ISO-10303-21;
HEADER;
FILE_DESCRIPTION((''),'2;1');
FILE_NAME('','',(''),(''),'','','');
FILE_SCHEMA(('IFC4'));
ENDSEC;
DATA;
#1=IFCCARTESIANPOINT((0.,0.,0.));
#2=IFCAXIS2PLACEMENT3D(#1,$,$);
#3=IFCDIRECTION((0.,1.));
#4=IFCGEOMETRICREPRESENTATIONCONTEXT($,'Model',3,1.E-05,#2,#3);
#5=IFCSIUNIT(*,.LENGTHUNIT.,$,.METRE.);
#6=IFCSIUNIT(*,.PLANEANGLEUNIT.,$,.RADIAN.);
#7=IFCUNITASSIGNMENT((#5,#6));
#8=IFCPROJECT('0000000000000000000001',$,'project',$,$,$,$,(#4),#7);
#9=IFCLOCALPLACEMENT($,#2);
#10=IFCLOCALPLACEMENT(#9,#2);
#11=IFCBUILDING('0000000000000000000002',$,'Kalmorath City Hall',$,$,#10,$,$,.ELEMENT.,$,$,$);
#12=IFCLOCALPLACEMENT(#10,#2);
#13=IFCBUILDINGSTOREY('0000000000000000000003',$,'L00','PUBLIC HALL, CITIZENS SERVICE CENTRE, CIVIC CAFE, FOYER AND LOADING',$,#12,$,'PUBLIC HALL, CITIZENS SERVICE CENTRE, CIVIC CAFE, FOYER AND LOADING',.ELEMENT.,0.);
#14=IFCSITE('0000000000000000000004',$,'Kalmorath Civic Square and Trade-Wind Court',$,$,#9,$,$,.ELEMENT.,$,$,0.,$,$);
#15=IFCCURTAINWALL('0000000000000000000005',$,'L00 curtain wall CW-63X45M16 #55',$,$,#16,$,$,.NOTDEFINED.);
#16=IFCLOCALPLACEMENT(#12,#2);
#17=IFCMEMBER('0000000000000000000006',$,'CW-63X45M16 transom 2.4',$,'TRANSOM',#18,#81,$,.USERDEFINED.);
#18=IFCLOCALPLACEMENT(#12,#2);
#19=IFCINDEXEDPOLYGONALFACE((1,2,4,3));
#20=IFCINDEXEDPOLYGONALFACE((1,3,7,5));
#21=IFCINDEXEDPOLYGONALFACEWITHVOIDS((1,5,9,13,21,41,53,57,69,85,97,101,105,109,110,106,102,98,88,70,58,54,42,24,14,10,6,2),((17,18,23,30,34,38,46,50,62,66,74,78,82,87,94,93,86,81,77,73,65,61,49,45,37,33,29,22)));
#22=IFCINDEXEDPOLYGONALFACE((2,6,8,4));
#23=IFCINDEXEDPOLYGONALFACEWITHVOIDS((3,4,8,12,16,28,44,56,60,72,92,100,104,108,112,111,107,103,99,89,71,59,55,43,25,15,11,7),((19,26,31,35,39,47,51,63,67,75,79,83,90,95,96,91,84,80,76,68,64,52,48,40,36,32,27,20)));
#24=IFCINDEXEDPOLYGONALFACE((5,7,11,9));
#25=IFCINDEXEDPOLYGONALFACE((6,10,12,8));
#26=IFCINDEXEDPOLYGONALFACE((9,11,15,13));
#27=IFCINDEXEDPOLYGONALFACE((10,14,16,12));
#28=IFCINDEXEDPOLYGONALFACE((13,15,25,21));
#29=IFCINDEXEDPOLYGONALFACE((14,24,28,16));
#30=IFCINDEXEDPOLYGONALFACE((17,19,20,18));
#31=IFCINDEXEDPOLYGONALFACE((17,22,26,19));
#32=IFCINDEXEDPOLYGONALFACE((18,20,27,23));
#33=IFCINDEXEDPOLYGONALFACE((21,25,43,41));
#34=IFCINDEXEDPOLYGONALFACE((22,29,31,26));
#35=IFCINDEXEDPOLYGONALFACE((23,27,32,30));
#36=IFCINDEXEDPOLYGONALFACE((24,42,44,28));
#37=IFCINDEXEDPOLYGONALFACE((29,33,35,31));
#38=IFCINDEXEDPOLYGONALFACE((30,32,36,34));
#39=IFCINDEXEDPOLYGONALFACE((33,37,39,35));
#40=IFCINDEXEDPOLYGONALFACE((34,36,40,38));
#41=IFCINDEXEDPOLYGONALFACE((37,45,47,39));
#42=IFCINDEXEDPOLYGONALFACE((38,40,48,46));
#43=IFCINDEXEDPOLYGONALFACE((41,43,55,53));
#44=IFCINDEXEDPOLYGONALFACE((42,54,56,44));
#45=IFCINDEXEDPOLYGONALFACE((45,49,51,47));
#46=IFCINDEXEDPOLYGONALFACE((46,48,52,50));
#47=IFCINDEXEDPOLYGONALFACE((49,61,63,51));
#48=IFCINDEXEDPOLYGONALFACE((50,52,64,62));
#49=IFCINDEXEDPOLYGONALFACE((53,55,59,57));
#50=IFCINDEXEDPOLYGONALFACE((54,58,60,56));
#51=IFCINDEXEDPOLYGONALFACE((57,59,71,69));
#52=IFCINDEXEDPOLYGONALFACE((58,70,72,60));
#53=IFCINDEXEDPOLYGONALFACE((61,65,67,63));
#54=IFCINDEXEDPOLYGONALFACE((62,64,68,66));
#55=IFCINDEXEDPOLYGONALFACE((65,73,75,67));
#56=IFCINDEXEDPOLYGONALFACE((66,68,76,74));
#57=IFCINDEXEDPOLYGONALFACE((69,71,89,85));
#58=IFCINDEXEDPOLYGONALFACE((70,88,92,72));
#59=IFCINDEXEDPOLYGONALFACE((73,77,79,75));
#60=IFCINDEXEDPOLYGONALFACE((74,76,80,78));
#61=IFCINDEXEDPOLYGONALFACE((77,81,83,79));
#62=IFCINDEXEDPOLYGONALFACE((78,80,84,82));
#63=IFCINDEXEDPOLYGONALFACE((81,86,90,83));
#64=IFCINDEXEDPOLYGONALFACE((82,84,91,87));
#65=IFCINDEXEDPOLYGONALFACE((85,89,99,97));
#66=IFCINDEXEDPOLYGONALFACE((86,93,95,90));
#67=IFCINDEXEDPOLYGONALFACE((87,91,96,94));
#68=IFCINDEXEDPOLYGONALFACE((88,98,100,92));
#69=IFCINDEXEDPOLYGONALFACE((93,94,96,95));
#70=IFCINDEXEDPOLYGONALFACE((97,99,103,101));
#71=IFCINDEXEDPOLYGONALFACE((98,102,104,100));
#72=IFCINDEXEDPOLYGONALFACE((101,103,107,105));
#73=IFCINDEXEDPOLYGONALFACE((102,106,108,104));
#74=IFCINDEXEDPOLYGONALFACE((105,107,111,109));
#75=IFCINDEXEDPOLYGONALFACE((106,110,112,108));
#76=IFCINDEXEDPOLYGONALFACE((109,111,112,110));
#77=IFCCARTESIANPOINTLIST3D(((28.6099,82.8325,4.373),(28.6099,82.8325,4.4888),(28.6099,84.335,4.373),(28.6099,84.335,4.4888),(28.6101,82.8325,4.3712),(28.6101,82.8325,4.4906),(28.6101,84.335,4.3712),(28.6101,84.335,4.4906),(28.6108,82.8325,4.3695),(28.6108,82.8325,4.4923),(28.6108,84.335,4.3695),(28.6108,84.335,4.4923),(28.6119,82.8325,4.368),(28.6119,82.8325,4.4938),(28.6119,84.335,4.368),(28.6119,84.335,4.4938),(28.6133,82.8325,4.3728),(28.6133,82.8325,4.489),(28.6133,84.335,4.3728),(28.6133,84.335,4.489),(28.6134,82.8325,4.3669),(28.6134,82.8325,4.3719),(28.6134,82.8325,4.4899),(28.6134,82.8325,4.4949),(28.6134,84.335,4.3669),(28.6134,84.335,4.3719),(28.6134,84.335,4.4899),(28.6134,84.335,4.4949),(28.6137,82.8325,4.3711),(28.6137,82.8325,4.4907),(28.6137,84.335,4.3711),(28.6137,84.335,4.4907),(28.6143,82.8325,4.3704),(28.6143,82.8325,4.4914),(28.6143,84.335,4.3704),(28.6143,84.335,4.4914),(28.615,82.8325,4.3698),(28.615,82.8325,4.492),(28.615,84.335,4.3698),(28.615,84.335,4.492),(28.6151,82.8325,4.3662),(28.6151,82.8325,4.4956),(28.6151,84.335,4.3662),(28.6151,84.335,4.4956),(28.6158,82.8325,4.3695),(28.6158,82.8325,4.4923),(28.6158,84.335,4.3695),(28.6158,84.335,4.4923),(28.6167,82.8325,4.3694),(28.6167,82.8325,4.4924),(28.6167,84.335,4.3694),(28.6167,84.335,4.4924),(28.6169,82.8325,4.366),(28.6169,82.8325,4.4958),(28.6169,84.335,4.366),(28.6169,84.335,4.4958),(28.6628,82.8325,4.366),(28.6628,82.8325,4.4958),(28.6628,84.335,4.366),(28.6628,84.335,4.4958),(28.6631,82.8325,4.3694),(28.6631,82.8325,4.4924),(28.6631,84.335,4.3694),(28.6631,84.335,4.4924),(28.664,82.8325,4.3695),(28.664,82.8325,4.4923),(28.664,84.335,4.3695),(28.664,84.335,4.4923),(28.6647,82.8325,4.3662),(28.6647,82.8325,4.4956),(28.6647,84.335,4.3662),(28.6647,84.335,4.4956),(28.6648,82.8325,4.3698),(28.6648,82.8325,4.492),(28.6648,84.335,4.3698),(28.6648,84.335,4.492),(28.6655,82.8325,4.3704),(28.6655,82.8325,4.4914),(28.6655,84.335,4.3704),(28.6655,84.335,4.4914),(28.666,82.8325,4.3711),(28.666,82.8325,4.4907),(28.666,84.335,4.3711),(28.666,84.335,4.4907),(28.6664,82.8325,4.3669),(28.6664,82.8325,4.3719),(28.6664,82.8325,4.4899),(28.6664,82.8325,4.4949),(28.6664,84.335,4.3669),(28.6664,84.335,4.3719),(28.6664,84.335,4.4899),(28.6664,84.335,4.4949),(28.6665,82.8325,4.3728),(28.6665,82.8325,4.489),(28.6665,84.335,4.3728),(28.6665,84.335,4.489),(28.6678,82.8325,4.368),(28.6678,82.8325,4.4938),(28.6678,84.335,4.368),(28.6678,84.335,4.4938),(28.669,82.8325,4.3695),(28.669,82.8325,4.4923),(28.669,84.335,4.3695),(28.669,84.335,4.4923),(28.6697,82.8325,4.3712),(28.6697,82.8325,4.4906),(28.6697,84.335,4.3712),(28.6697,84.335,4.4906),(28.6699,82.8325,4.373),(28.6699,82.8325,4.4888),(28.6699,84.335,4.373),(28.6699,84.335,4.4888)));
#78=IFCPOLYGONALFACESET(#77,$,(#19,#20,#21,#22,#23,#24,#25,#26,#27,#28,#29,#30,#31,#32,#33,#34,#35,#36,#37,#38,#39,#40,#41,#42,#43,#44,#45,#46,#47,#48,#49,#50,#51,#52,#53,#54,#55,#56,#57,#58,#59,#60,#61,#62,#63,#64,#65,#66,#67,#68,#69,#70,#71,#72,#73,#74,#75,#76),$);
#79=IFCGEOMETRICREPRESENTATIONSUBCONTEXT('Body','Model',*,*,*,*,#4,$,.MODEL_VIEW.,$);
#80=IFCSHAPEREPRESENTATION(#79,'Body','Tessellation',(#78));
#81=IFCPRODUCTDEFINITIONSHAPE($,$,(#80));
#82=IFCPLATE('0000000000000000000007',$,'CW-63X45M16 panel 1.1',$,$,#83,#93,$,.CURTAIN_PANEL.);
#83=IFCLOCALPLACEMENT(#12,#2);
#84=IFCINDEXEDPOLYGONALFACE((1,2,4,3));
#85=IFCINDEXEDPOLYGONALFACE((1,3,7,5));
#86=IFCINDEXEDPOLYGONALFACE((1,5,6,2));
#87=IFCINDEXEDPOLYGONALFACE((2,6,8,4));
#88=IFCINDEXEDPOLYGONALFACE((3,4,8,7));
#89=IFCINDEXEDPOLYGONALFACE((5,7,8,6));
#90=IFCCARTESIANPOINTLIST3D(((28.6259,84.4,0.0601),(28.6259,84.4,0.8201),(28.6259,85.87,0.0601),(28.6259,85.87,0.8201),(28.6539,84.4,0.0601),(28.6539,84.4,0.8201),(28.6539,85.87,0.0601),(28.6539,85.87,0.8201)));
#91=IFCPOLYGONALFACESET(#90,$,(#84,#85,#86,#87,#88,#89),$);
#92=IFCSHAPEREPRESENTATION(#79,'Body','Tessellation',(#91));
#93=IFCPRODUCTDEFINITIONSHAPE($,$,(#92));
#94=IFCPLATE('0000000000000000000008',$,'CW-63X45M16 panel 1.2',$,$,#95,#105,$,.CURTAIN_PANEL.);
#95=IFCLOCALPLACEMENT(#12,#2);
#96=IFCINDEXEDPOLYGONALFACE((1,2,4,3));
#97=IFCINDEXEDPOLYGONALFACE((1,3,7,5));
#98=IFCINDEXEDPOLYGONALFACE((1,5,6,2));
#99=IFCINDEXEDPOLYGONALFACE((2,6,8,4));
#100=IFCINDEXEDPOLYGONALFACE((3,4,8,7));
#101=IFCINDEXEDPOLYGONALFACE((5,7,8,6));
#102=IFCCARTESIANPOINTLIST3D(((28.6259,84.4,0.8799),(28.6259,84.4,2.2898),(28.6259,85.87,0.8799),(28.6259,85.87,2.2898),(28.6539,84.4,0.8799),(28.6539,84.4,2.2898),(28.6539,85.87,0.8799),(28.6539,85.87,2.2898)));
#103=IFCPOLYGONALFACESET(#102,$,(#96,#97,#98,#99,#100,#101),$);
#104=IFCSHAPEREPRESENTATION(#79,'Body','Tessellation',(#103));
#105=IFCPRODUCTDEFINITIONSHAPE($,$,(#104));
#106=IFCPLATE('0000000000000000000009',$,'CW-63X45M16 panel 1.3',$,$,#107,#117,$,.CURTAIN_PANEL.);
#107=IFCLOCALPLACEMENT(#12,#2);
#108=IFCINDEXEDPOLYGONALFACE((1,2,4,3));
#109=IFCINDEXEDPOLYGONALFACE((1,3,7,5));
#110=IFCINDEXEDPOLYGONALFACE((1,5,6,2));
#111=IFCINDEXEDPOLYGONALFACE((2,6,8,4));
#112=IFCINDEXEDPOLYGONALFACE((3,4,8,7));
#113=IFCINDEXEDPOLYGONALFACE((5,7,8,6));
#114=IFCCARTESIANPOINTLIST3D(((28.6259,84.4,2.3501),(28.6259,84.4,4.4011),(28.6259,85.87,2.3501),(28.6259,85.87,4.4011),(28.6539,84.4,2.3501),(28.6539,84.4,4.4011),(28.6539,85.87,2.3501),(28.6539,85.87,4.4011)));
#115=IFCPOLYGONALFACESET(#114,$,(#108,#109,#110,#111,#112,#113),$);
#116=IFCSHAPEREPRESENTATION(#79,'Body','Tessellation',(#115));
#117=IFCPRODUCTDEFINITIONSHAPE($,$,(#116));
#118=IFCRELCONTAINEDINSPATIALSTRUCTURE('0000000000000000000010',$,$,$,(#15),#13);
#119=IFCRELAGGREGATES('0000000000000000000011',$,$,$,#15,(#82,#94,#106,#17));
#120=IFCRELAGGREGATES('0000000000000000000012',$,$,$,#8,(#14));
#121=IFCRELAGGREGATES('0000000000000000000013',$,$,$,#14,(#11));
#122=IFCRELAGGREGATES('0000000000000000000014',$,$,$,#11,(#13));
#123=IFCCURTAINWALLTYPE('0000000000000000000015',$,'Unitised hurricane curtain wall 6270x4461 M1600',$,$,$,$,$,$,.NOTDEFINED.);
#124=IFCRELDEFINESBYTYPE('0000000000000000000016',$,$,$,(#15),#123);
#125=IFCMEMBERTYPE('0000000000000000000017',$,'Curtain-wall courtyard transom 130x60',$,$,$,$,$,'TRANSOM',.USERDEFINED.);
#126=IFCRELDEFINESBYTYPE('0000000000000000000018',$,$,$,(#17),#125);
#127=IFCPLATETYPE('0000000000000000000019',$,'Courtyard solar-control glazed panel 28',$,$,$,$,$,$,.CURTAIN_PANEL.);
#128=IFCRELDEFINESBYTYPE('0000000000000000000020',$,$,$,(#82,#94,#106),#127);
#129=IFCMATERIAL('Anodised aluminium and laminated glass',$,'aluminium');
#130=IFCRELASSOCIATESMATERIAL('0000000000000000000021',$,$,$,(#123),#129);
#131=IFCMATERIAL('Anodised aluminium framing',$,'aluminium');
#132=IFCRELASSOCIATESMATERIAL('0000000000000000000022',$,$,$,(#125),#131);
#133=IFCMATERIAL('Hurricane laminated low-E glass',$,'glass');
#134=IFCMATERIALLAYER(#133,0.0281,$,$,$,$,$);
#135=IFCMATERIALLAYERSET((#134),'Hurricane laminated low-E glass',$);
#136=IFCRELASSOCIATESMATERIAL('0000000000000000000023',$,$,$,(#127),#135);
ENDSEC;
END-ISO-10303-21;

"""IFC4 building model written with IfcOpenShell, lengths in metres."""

from ifc_helpers import new_model, si_unit, direction, frame, origin, origin_2d, place, context, subcontext, project, spatial, rectangle, hollow_rectangle, extrude, material, layer, layer_set, material_profile, profile_set, type_object, element, aggregate, save


model = new_model("IFC4")

# Units and contexts
model_context = context("Model", 3, precision=1e-05, world=origin(), true_north=direction((0.0, 1.0)))
body_context = subcontext(model_context, "Body", "Model", "MODEL_VIEW")
ifc_project = project(units=[si_unit("LENGTHUNIT", "METRE"), si_unit("PLANEANGLEUNIT", "RADIAN")], contexts=[model_context])

# Site, building, storey
site_placement = place(None, origin())
site = spatial("IfcSite", under=ifc_project, at=site_placement, Name="Kalmorath Civic Square and Trade-Wind Court", CompositionType="ELEMENT", RefElevation=0.0)
building_placement = place(site_placement, origin())
building = spatial("IfcBuilding", under=site, at=building_placement, Name="Kalmorath City Hall", CompositionType="ELEMENT")
storey_placement = place(building_placement, origin())
storey = spatial("IfcBuildingStorey", under=building, at=storey_placement, Name="L00", Description="PUBLIC HALL, CITIZENS SERVICE CENTRE, CIVIC CAFE, FOYER AND LOADING", LongName="PUBLIC HALL, CITIZENS SERVICE CENTRE, CIVIC CAFE, FOYER AND LOADING", CompositionType="ELEMENT", Elevation=0.0)

# Curtain wall, member, plates
ifc_material_1 = material(Name="Anodised aluminium and laminated glass", Category="aluminium")
curtain_wall_type = type_object("IfcCurtainWallType", Name="Unitised hurricane curtain wall 6270x4461 M1600", PredefinedType="NOTDEFINED", material=ifc_material_1)
curtain_wall_placement = place(storey_placement, origin())
curtain_wall = element("IfcCurtainWall", 1, at=curtain_wall_placement, inside=storey, type_object=curtain_wall_type, Name="L00 curtain wall CW-63X45M16 #55", PredefinedType="NOTDEFINED")
ifc_material_2 = material(Name="Anodised aluminium framing", Category="aluminium")
ifc_material_profile_1 = material_profile(ifc_material_2, hollow_rectangle(XDim=0.0601, YDim=0.1299, WallThickness=0.0034, InnerFilletRadius=0.0034, OuterFilletRadius=0.0071, at=origin_2d()), Name="ALU-TRN-130X60X3.5")
ifc_profile_set_1 = profile_set([ifc_material_profile_1], Name="Anodised aluminium framing")
member_type_1 = type_object("IfcMemberType", Name="Curtain-wall courtyard transom 130x60", ElementType="TRANSOM", PredefinedType="USERDEFINED", material=ifc_profile_set_1)
member_1_placement = place(storey_placement, frame((28.6399, 84.335, 4.4309), z_axis=(0.0, -1.0, 0.0), x_axis=(1.0, 0.0, 0.0)))
member_1 = element("IfcMember", 2, at=member_1_placement, type_object=member_type_1, Name="CW-63X45M16 transom 2.4", ObjectType="TRANSOM", PredefinedType="USERDEFINED", context=body_context, shape_type="SweptSolid", body=[
    extrude(hollow_rectangle(XDim=0.0601, YDim=0.1299, WallThickness=0.0034, InnerFilletRadius=0.0034, OuterFilletRadius=0.0071, at=origin_2d()), origin(), (0.0, 0.0, 1.0), 1.5024),
])
ifc_material_3 = material(Name="Hurricane laminated low-E glass", Category="glass")
ifc_layer = layer(ifc_material_3, 0.0281)
ifc_layer_set = layer_set([ifc_layer], Name="Hurricane laminated low-E glass")
plate_type = type_object("IfcPlateType", Name="Courtyard solar-control glazed panel 28", PredefinedType="CURTAIN_PANEL", material=ifc_layer_set)
plate_1_placement = place(storey_placement, frame((28.6399, 85.135, 0.0601), z_axis=(0.0, 0.0, 1.0), x_axis=(0.0, -1.0, 0.0)))
plate_1 = element("IfcPlate", 3, at=plate_1_placement, type_object=plate_type, Name="CW-63X45M16 panel 1.1", PredefinedType="CURTAIN_PANEL", context=body_context, shape_type="SweptSolid", body=[
    extrude(rectangle(XDim=1.47, YDim=0.0281, at=origin_2d()), origin(), (0.0, 0.0, 1.0), 0.76),
])
plate_2_placement = place(storey_placement, frame((28.6399, 85.135, 0.8799), z_axis=(0.0, 0.0, 1.0), x_axis=(0.0, -1.0, 0.0)))
plate_2 = element("IfcPlate", 4, at=plate_2_placement, type_object=plate_type, Name="CW-63X45M16 panel 1.2", PredefinedType="CURTAIN_PANEL", context=body_context, shape_type="SweptSolid", body=[
    extrude(rectangle(XDim=1.47, YDim=0.0281, at=origin_2d()), origin(), (0.0, 0.0, 1.0), 1.4099),
])
plate_3_placement = place(storey_placement, frame((28.6399, 85.135, 2.3501), z_axis=(0.0, 0.0, 1.0), x_axis=(0.0, -1.0, 0.0)))
plate_3 = element("IfcPlate", 5, at=plate_3_placement, type_object=plate_type, Name="CW-63X45M16 panel 1.3", PredefinedType="CURTAIN_PANEL", context=body_context, shape_type="SweptSolid", body=[
    extrude(rectangle(XDim=1.47, YDim=0.0281, at=origin_2d()), origin(), (0.0, 0.0, 1.0), 2.051),
])
aggregate(curtain_wall, [plate_1, plate_2, plate_3, member_1])

save(model, "model.ifc")
